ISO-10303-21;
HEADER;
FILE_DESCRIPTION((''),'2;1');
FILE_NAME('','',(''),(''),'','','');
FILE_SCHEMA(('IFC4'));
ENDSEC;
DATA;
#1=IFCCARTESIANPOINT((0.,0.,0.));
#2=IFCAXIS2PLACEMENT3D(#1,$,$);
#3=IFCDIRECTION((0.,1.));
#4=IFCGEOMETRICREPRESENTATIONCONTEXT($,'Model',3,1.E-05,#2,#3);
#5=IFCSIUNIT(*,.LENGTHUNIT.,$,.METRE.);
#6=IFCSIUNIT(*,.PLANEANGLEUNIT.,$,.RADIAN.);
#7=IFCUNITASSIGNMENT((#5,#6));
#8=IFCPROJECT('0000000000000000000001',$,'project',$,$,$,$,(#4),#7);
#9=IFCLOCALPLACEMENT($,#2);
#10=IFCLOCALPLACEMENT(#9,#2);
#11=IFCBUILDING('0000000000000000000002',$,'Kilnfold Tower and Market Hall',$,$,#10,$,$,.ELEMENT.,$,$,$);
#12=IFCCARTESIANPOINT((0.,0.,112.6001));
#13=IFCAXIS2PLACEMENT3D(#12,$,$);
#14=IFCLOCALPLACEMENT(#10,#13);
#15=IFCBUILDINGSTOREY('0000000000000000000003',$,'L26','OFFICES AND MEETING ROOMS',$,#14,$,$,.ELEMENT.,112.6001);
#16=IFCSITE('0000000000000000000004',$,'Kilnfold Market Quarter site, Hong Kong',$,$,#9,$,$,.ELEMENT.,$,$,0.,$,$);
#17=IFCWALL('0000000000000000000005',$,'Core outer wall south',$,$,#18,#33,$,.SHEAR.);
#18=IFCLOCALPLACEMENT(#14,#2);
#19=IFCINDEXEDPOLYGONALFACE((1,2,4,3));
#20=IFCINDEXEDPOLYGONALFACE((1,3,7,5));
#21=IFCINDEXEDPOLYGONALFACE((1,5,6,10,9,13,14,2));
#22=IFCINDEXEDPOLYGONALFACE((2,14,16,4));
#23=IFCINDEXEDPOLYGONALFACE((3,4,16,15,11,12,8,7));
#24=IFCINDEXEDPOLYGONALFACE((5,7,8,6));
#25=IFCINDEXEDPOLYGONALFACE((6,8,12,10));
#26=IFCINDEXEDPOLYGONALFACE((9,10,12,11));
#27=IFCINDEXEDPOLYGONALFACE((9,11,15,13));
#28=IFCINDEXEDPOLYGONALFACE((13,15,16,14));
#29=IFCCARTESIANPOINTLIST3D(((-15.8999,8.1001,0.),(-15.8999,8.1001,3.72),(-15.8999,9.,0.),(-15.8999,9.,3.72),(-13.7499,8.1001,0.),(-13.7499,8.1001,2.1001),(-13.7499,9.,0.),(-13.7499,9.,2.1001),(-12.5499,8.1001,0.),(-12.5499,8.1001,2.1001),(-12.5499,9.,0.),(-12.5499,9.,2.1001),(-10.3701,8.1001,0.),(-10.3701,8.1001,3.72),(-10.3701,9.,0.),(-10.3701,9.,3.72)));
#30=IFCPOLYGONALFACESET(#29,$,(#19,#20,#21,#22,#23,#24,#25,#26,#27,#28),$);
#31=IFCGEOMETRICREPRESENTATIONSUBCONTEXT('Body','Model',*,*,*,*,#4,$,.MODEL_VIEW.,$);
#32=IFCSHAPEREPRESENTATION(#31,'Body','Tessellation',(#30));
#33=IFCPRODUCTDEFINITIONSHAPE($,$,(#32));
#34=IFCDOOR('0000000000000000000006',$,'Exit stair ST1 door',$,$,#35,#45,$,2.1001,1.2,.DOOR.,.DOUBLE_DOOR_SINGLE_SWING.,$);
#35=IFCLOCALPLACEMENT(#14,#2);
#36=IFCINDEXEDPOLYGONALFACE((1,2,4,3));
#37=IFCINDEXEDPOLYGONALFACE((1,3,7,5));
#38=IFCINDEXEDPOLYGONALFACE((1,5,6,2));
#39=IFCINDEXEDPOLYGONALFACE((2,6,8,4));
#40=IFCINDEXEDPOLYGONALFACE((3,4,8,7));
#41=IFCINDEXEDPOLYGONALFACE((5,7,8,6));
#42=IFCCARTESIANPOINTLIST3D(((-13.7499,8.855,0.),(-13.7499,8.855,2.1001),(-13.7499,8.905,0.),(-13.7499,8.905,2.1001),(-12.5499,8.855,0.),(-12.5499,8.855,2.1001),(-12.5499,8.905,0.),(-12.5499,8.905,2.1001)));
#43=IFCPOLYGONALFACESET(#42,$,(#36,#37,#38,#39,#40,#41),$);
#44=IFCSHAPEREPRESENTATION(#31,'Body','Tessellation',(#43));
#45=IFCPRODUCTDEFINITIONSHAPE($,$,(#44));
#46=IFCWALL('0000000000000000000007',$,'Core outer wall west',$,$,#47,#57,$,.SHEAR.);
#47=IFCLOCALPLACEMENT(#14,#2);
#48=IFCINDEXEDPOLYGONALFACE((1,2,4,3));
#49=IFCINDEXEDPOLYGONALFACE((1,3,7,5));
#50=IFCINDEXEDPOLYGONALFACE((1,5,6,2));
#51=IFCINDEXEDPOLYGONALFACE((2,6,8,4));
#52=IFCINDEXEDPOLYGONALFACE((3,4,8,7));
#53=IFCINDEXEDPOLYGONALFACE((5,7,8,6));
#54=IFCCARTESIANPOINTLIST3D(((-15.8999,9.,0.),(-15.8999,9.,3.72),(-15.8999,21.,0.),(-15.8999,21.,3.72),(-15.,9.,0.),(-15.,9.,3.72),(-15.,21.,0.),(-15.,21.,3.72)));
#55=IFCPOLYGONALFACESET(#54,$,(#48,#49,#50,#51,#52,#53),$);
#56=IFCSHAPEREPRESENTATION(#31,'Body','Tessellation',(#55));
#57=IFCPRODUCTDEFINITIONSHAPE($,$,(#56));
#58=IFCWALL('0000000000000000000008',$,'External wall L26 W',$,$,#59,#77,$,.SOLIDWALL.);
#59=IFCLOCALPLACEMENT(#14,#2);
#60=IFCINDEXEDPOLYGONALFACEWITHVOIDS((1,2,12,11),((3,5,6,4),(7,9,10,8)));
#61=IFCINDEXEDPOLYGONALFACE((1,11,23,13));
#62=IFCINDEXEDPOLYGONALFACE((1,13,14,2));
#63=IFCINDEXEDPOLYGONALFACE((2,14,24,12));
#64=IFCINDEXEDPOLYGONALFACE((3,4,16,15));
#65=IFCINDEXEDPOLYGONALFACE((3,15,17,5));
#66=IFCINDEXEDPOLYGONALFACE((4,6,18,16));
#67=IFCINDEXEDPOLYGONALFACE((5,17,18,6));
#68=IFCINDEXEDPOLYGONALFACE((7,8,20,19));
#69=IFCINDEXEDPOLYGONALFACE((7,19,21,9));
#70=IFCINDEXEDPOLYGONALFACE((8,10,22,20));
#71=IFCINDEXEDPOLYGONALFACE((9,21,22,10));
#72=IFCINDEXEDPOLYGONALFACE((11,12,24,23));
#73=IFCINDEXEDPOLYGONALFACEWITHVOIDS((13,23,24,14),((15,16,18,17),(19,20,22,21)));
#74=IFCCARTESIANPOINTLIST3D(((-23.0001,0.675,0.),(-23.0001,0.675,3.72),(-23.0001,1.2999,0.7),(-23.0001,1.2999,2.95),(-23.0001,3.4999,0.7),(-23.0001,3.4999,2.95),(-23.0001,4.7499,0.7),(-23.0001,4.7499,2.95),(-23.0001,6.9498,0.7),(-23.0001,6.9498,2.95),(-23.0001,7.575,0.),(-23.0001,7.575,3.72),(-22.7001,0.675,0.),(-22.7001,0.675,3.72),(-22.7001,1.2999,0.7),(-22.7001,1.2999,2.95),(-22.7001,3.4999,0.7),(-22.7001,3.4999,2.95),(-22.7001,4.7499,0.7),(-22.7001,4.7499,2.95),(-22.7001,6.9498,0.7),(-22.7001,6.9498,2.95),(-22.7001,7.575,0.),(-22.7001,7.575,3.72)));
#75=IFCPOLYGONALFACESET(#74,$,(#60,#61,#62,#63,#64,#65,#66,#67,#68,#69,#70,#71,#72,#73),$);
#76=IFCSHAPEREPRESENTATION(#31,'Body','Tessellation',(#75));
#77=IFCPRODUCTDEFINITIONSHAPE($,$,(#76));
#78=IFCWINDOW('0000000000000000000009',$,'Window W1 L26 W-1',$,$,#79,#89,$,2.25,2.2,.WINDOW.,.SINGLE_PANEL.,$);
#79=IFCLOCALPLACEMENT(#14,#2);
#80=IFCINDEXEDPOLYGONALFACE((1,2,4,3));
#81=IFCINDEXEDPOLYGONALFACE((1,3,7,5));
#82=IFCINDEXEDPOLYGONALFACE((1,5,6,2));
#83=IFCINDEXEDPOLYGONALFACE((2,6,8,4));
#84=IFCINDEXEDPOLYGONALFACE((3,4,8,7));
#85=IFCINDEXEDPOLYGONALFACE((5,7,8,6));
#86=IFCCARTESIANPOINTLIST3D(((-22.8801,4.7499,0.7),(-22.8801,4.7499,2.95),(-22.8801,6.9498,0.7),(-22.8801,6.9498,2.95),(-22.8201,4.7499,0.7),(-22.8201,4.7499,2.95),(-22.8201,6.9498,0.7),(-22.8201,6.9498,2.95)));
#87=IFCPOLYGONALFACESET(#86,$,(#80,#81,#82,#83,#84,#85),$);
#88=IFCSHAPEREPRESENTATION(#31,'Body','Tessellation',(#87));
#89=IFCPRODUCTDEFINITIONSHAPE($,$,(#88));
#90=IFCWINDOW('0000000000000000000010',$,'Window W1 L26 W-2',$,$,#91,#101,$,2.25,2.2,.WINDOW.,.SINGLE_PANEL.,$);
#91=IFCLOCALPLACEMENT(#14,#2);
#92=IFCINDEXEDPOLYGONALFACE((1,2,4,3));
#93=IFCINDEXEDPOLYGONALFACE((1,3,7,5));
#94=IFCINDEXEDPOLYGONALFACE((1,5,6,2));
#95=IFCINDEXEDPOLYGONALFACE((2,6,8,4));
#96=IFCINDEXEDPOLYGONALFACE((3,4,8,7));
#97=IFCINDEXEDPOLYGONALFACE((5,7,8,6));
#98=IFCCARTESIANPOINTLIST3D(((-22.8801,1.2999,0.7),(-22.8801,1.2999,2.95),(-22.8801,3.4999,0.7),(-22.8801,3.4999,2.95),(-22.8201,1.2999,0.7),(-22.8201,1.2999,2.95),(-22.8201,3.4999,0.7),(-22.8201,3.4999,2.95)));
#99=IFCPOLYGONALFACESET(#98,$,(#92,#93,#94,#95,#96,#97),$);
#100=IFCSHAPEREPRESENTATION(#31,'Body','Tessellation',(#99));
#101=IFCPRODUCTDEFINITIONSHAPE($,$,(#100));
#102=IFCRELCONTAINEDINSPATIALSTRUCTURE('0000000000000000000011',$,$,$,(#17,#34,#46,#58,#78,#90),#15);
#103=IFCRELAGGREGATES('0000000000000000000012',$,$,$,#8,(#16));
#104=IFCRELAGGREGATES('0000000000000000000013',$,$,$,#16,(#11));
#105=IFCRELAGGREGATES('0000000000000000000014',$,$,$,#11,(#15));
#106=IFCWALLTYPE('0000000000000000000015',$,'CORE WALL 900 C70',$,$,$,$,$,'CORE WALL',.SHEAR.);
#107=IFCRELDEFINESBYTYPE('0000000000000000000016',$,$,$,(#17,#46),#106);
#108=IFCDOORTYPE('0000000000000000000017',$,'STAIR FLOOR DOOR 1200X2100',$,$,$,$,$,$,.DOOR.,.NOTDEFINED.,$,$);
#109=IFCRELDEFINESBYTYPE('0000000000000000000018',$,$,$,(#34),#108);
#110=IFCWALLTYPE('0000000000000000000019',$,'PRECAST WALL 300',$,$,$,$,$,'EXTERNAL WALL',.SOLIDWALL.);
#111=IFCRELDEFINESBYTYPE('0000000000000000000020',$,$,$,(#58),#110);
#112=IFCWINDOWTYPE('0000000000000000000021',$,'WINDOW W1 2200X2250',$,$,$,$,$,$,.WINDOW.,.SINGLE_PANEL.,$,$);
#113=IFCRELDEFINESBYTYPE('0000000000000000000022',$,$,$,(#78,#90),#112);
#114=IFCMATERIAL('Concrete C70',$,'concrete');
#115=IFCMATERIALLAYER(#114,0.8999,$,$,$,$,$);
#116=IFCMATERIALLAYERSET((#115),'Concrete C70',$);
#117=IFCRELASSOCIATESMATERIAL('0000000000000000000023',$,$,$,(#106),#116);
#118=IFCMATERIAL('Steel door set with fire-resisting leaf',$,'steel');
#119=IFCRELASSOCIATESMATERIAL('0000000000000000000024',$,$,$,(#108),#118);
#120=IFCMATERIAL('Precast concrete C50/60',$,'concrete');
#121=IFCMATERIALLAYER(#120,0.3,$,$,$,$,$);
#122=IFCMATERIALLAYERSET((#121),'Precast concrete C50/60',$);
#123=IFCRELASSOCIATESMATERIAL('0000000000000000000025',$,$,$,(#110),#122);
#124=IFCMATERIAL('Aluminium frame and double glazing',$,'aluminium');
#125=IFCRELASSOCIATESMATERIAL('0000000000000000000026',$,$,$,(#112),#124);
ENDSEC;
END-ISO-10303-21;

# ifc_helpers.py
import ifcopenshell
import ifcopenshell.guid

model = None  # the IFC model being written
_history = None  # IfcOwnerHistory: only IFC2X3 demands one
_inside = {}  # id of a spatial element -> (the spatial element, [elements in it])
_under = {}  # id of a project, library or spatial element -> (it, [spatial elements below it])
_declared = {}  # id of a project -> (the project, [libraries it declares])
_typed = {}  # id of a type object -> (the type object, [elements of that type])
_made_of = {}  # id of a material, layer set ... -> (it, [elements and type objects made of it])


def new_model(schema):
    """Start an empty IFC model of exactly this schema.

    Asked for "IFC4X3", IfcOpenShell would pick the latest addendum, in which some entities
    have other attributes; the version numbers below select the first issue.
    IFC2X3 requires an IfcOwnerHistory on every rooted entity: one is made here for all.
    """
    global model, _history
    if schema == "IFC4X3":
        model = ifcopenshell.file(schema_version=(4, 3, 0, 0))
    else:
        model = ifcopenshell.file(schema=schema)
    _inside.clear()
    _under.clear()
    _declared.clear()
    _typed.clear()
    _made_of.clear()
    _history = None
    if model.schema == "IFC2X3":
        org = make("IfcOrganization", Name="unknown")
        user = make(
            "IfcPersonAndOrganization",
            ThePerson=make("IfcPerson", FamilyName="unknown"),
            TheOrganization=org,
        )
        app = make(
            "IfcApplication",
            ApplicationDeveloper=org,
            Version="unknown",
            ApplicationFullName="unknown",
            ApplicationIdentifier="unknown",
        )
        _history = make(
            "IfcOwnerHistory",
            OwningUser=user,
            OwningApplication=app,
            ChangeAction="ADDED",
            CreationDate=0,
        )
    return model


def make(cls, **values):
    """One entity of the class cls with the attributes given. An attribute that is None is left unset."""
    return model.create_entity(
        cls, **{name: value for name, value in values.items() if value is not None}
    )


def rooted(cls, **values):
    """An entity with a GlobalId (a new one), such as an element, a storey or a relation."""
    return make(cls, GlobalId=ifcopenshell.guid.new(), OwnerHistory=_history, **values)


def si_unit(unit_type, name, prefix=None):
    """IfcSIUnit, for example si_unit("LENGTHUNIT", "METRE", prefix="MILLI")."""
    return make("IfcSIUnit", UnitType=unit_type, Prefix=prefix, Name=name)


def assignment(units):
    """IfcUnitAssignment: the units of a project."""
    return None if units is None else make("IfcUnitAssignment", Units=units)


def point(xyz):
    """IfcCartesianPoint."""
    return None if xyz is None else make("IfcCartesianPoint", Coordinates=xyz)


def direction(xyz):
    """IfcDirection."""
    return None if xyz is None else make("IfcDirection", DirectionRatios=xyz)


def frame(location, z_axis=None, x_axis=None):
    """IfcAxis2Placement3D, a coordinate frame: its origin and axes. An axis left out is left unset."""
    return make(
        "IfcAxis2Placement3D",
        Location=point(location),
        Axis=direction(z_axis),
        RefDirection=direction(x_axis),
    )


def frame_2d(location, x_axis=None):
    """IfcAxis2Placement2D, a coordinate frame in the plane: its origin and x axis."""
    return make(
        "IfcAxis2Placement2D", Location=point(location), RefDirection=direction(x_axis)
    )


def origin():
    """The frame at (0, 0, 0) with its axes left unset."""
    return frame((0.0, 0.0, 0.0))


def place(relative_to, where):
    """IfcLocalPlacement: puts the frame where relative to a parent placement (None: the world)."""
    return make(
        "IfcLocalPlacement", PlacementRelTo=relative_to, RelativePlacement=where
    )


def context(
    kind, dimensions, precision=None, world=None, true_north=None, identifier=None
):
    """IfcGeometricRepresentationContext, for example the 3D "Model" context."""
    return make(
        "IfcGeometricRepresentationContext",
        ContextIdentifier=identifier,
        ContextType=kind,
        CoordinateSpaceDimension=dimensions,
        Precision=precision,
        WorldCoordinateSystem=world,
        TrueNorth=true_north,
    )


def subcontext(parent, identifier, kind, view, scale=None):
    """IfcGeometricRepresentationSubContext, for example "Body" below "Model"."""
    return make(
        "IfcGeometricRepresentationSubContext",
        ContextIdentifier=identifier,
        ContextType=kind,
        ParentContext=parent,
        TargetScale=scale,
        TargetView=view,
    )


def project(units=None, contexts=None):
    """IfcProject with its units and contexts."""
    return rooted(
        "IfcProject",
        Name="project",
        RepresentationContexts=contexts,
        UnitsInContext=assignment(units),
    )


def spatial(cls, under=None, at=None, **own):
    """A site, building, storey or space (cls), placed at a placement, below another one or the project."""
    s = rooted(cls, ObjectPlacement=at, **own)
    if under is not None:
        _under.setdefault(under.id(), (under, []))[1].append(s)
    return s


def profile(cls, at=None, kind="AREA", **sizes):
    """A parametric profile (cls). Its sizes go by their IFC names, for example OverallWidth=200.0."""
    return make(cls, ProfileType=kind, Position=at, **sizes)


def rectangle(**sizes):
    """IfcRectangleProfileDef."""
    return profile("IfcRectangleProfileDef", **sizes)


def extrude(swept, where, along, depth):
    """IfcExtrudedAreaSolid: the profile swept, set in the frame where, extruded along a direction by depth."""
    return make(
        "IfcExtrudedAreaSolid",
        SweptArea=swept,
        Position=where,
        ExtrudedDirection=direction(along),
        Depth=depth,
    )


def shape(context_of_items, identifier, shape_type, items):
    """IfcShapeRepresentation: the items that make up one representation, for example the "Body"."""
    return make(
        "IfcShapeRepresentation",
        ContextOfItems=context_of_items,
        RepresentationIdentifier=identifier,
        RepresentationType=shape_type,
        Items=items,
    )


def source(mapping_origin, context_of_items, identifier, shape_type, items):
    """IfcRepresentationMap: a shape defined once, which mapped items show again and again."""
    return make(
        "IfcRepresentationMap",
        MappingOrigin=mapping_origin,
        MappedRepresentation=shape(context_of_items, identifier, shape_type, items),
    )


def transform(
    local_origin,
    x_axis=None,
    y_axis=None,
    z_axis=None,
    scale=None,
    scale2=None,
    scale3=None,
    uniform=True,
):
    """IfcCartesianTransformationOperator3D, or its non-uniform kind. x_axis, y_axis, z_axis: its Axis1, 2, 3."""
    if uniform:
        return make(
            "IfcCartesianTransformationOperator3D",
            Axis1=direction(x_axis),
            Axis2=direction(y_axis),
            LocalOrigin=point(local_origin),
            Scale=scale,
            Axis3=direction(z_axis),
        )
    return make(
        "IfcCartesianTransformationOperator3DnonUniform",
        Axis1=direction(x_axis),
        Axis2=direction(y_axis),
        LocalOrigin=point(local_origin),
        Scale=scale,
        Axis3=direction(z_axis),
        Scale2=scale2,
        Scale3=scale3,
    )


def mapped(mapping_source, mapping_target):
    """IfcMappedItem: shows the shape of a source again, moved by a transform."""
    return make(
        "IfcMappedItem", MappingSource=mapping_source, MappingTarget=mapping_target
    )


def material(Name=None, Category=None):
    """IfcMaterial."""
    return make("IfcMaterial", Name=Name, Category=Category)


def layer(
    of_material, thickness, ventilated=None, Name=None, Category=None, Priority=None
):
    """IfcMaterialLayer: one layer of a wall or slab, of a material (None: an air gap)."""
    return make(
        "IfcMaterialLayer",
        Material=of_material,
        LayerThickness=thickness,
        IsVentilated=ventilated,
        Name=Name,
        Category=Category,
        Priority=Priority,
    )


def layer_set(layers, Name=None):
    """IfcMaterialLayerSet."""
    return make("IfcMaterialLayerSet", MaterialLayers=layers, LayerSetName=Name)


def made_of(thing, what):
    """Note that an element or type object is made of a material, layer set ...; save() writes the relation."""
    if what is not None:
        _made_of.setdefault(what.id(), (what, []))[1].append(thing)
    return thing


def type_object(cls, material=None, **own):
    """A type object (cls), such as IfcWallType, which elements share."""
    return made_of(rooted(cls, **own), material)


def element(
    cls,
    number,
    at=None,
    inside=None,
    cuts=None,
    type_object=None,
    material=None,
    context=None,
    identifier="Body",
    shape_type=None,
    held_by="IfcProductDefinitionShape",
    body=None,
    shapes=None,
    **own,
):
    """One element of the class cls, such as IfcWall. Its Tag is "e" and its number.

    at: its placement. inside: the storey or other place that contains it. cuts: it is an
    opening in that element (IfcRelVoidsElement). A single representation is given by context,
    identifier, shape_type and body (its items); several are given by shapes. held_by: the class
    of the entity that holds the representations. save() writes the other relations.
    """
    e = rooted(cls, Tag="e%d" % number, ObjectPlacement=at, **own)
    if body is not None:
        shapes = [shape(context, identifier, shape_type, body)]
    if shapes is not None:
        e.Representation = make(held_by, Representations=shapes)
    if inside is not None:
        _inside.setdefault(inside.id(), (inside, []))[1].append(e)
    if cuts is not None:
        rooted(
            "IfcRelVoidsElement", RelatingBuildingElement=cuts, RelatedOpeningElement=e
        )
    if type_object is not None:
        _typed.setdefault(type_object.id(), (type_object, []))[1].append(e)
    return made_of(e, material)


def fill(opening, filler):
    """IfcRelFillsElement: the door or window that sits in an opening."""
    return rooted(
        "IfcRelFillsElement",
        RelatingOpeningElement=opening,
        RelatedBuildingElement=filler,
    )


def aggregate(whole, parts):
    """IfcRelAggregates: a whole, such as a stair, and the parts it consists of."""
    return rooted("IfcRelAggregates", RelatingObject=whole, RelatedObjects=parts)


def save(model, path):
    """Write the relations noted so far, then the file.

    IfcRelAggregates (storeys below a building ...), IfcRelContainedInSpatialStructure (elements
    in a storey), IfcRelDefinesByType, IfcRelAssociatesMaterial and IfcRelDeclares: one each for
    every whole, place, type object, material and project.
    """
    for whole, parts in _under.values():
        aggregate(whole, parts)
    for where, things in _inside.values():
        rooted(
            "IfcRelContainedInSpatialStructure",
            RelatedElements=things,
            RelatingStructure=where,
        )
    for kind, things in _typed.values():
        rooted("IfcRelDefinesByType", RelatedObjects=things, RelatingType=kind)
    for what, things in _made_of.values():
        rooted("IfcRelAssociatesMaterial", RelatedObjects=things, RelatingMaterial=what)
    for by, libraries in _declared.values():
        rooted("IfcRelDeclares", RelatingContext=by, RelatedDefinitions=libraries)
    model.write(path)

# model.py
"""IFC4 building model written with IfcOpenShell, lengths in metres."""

from ifc_helpers import new_model, si_unit, direction, frame, frame_2d, origin, place, context, subcontext, project, spatial, rectangle, extrude, source, transform, mapped, material, layer, layer_set, type_object, element, fill, save


model = new_model("IFC4")

# Units and contexts
model_context = context("Model", 3, precision=1e-05, world=origin(), true_north=direction((0.0, 1.0)))
body_context = subcontext(model_context, "Body", "Model", "MODEL_VIEW")
ifc_project = project(units=[si_unit("LENGTHUNIT", "METRE"), si_unit("PLANEANGLEUNIT", "RADIAN")], contexts=[model_context])

# Site, building, storey
site_placement = place(None, origin())
site = spatial("IfcSite", under=ifc_project, at=site_placement, Name="Kilnfold Market Quarter site, Hong Kong", CompositionType="ELEMENT", RefElevation=0.0)
building_placement = place(site_placement, origin())
building = spatial("IfcBuilding", under=site, at=building_placement, Name="Kilnfold Tower and Market Hall", CompositionType="ELEMENT")
storey_placement = place(building_placement, frame((0.0, 0.0, 112.6001)))
storey = spatial("IfcBuildingStorey", under=building, at=storey_placement, Name="L26", Description="OFFICES AND MEETING ROOMS", CompositionType="ELEMENT", Elevation=112.6001)

# Wall, opening, door
ifc_material_1 = material(Name="Concrete C70", Category="concrete")
ifc_layer_1 = layer(ifc_material_1, 0.8999)
ifc_layer_set_1 = layer_set([ifc_layer_1], Name="Concrete C70")
wall_type_1 = type_object("IfcWallType", Name="CORE WALL 900 C70", ElementType="CORE WALL", PredefinedType="SHEAR", material=ifc_layer_set_1)
shared_shape_1 = source(origin(), body_context, "Body", "SweptSolid", [
    extrude(rectangle(XDim=5.5298, YDim=0.8999, at=frame_2d((2.7649, 0.0))), origin(), (0.0, 0.0, 1.0), 3.72),
])
wall_1_placement = place(storey_placement, frame((-15.8999, 8.55, 0.0), z_axis=(0.0, 0.0, 1.0), x_axis=(1.0, 0.0, 0.0)))
wall_1 = element("IfcWall", 1, at=wall_1_placement, inside=storey, type_object=wall_type_1, Name="Core outer wall south", PredefinedType="SHEAR", context=body_context, shape_type="MappedRepresentation", body=[
    mapped(shared_shape_1, transform((0.0, 0.0, 0.0))),
])
opening_1_placement = place(wall_1_placement, frame((2.1499, 0.0, 0.0)))
opening_1 = element("IfcOpeningElement", 2, at=opening_1_placement, cuts=wall_1, PredefinedType="OPENING", context=body_context, shape_type="SweptSolid", body=[
    extrude(rectangle(XDim=1.2, YDim=2.1001, at=frame_2d((0.6001, 1.05))), frame((0.0, 0.46, 0.0), z_axis=(0.0, -1.0, 0.0), x_axis=(1.0, 0.0, 0.0)), (0.0, 0.0, 1.0), 0.9199),
])
ifc_material_2 = material(Name="Steel door set with fire-resisting leaf", Category="steel")
door_type_1 = type_object("IfcDoorType", Name="STAIR FLOOR DOOR 1200X2100", OperationType="NOTDEFINED", PredefinedType="DOOR", material=ifc_material_2)
door_1_placement = place(opening_1_placement, origin())
door_1 = element("IfcDoor", 3, at=door_1_placement, inside=storey, type_object=door_type_1, Name="Exit stair ST1 door", OperationType="DOUBLE_DOOR_SINGLE_SWING", OverallHeight=2.1001, OverallWidth=1.2, PredefinedType="DOOR", context=body_context, shape_type="SweptSolid", body=[
    extrude(rectangle(XDim=1.2, YDim=2.1001, at=frame_2d((0.6001, 1.05))), frame((0.0, 0.355, 0.0), z_axis=(0.0, -1.0, 0.0), x_axis=(1.0, 0.0, 0.0)), (0.0, 0.0, 1.0), 0.05),
])
fill(opening_1, door_1)

# Wall
shared_shape_2 = source(origin(), body_context, "Body", "SweptSolid", [
    extrude(rectangle(XDim=12.0, YDim=0.8999, at=frame_2d((6.0, 0.0))), origin(), (0.0, 0.0, 1.0), 3.72),
])
wall_2_placement = place(storey_placement, frame((-15.45, 9.0, 0.0), z_axis=(0.0, 0.0, 1.0), x_axis=(0.0, 1.0, 0.0)))
element("IfcWall", 4, at=wall_2_placement, inside=storey, type_object=wall_type_1, Name="Core outer wall west", PredefinedType="SHEAR", context=body_context, shape_type="MappedRepresentation", body=[
    mapped(shared_shape_2, transform((0.0, 0.0, 0.0))),
])

# Wall, openings, windows
ifc_material_3 = material(Name="Precast concrete C50/60", Category="concrete")
ifc_layer_2 = layer(ifc_material_3, 0.3)
ifc_layer_set_2 = layer_set([ifc_layer_2], Name="Precast concrete C50/60")
wall_type_2 = type_object("IfcWallType", Name="PRECAST WALL 300", ElementType="EXTERNAL WALL", PredefinedType="SOLIDWALL", material=ifc_layer_set_2)
shared_shape_3 = source(origin(), body_context, "Body", "SweptSolid", [
    extrude(rectangle(XDim=6.8999, YDim=0.3, at=frame_2d((3.45, 0.0))), origin(), (0.0, 0.0, 1.0), 3.72),
])
wall_3_placement = place(storey_placement, frame((-22.8501, 7.575, 0.0), z_axis=(0.0, 0.0, 1.0), x_axis=(0.0, -1.0, 0.0)))
wall_3 = element("IfcWall", 5, at=wall_3_placement, inside=storey, type_object=wall_type_2, Name="External wall L26 W", PredefinedType="SOLIDWALL", context=body_context, shape_type="MappedRepresentation", body=[
    mapped(shared_shape_3, transform((0.0, 0.0, 0.0))),
])
opening_2_placement = place(wall_3_placement, frame((0.625, 0.0, 0.7)))
opening_2 = element("IfcOpeningElement", 6, at=opening_2_placement, cuts=wall_3, PredefinedType="OPENING", context=body_context, shape_type="SweptSolid", body=[
    extrude(rectangle(XDim=2.2, YDim=2.25, at=frame_2d((1.1001, 1.125))), frame((0.0, 0.1602, 0.0), z_axis=(0.0, -1.0, 0.0), x_axis=(1.0, 0.0, 0.0)), (0.0, 0.0, 1.0), 0.3201),
])
opening_3_placement = place(wall_3_placement, frame((4.075, 0.0, 0.7)))
opening_3 = element("IfcOpeningElement", 7, at=opening_3_placement, cuts=wall_3, PredefinedType="OPENING", context=body_context, shape_type="SweptSolid", body=[
    extrude(rectangle(XDim=2.2, YDim=2.25, at=frame_2d((1.1001, 1.125))), frame((0.0, 0.1602, 0.0), z_axis=(0.0, -1.0, 0.0), x_axis=(1.0, 0.0, 0.0)), (0.0, 0.0, 1.0), 0.3201),
])
ifc_material_4 = material(Name="Aluminium frame and double glazing", Category="aluminium")
window_type = type_object("IfcWindowType", Name="WINDOW W1 2200X2250", PartitioningType="SINGLE_PANEL", PredefinedType="WINDOW", material=ifc_material_4)
window_1_placement = place(opening_2_placement, origin())
window_1 = element("IfcWindow", 8, at=window_1_placement, inside=storey, type_object=window_type, Name="Window W1 L26 W-1", OverallHeight=2.25, OverallWidth=2.2, PartitioningType="SINGLE_PANEL", PredefinedType="WINDOW", context=body_context, shape_type="SweptSolid", body=[
    extrude(rectangle(XDim=2.2, YDim=2.25, at=frame_2d((1.1001, 1.125))), frame((0.0, 0.03, 0.0), z_axis=(0.0, -1.0, 0.0), x_axis=(1.0, 0.0, 0.0)), (0.0, 0.0, 1.0), 0.0601),
])
fill(opening_2, window_1)
window_2_placement = place(opening_3_placement, origin())
window_2 = element("IfcWindow", 9, at=window_2_placement, inside=storey, type_object=window_type, Name="Window W1 L26 W-2", OverallHeight=2.25, OverallWidth=2.2, PartitioningType="SINGLE_PANEL", PredefinedType="WINDOW", context=body_context, shape_type="SweptSolid", body=[
    extrude(rectangle(XDim=2.2, YDim=2.25, at=frame_2d((1.1001, 1.125))), frame((0.0, 0.03, 0.0), z_axis=(0.0, -1.0, 0.0), x_axis=(1.0, 0.0, 0.0)), (0.0, 0.0, 1.0), 0.0601),
])
fill(opening_3, window_2)

save(model, "model.ifc")
